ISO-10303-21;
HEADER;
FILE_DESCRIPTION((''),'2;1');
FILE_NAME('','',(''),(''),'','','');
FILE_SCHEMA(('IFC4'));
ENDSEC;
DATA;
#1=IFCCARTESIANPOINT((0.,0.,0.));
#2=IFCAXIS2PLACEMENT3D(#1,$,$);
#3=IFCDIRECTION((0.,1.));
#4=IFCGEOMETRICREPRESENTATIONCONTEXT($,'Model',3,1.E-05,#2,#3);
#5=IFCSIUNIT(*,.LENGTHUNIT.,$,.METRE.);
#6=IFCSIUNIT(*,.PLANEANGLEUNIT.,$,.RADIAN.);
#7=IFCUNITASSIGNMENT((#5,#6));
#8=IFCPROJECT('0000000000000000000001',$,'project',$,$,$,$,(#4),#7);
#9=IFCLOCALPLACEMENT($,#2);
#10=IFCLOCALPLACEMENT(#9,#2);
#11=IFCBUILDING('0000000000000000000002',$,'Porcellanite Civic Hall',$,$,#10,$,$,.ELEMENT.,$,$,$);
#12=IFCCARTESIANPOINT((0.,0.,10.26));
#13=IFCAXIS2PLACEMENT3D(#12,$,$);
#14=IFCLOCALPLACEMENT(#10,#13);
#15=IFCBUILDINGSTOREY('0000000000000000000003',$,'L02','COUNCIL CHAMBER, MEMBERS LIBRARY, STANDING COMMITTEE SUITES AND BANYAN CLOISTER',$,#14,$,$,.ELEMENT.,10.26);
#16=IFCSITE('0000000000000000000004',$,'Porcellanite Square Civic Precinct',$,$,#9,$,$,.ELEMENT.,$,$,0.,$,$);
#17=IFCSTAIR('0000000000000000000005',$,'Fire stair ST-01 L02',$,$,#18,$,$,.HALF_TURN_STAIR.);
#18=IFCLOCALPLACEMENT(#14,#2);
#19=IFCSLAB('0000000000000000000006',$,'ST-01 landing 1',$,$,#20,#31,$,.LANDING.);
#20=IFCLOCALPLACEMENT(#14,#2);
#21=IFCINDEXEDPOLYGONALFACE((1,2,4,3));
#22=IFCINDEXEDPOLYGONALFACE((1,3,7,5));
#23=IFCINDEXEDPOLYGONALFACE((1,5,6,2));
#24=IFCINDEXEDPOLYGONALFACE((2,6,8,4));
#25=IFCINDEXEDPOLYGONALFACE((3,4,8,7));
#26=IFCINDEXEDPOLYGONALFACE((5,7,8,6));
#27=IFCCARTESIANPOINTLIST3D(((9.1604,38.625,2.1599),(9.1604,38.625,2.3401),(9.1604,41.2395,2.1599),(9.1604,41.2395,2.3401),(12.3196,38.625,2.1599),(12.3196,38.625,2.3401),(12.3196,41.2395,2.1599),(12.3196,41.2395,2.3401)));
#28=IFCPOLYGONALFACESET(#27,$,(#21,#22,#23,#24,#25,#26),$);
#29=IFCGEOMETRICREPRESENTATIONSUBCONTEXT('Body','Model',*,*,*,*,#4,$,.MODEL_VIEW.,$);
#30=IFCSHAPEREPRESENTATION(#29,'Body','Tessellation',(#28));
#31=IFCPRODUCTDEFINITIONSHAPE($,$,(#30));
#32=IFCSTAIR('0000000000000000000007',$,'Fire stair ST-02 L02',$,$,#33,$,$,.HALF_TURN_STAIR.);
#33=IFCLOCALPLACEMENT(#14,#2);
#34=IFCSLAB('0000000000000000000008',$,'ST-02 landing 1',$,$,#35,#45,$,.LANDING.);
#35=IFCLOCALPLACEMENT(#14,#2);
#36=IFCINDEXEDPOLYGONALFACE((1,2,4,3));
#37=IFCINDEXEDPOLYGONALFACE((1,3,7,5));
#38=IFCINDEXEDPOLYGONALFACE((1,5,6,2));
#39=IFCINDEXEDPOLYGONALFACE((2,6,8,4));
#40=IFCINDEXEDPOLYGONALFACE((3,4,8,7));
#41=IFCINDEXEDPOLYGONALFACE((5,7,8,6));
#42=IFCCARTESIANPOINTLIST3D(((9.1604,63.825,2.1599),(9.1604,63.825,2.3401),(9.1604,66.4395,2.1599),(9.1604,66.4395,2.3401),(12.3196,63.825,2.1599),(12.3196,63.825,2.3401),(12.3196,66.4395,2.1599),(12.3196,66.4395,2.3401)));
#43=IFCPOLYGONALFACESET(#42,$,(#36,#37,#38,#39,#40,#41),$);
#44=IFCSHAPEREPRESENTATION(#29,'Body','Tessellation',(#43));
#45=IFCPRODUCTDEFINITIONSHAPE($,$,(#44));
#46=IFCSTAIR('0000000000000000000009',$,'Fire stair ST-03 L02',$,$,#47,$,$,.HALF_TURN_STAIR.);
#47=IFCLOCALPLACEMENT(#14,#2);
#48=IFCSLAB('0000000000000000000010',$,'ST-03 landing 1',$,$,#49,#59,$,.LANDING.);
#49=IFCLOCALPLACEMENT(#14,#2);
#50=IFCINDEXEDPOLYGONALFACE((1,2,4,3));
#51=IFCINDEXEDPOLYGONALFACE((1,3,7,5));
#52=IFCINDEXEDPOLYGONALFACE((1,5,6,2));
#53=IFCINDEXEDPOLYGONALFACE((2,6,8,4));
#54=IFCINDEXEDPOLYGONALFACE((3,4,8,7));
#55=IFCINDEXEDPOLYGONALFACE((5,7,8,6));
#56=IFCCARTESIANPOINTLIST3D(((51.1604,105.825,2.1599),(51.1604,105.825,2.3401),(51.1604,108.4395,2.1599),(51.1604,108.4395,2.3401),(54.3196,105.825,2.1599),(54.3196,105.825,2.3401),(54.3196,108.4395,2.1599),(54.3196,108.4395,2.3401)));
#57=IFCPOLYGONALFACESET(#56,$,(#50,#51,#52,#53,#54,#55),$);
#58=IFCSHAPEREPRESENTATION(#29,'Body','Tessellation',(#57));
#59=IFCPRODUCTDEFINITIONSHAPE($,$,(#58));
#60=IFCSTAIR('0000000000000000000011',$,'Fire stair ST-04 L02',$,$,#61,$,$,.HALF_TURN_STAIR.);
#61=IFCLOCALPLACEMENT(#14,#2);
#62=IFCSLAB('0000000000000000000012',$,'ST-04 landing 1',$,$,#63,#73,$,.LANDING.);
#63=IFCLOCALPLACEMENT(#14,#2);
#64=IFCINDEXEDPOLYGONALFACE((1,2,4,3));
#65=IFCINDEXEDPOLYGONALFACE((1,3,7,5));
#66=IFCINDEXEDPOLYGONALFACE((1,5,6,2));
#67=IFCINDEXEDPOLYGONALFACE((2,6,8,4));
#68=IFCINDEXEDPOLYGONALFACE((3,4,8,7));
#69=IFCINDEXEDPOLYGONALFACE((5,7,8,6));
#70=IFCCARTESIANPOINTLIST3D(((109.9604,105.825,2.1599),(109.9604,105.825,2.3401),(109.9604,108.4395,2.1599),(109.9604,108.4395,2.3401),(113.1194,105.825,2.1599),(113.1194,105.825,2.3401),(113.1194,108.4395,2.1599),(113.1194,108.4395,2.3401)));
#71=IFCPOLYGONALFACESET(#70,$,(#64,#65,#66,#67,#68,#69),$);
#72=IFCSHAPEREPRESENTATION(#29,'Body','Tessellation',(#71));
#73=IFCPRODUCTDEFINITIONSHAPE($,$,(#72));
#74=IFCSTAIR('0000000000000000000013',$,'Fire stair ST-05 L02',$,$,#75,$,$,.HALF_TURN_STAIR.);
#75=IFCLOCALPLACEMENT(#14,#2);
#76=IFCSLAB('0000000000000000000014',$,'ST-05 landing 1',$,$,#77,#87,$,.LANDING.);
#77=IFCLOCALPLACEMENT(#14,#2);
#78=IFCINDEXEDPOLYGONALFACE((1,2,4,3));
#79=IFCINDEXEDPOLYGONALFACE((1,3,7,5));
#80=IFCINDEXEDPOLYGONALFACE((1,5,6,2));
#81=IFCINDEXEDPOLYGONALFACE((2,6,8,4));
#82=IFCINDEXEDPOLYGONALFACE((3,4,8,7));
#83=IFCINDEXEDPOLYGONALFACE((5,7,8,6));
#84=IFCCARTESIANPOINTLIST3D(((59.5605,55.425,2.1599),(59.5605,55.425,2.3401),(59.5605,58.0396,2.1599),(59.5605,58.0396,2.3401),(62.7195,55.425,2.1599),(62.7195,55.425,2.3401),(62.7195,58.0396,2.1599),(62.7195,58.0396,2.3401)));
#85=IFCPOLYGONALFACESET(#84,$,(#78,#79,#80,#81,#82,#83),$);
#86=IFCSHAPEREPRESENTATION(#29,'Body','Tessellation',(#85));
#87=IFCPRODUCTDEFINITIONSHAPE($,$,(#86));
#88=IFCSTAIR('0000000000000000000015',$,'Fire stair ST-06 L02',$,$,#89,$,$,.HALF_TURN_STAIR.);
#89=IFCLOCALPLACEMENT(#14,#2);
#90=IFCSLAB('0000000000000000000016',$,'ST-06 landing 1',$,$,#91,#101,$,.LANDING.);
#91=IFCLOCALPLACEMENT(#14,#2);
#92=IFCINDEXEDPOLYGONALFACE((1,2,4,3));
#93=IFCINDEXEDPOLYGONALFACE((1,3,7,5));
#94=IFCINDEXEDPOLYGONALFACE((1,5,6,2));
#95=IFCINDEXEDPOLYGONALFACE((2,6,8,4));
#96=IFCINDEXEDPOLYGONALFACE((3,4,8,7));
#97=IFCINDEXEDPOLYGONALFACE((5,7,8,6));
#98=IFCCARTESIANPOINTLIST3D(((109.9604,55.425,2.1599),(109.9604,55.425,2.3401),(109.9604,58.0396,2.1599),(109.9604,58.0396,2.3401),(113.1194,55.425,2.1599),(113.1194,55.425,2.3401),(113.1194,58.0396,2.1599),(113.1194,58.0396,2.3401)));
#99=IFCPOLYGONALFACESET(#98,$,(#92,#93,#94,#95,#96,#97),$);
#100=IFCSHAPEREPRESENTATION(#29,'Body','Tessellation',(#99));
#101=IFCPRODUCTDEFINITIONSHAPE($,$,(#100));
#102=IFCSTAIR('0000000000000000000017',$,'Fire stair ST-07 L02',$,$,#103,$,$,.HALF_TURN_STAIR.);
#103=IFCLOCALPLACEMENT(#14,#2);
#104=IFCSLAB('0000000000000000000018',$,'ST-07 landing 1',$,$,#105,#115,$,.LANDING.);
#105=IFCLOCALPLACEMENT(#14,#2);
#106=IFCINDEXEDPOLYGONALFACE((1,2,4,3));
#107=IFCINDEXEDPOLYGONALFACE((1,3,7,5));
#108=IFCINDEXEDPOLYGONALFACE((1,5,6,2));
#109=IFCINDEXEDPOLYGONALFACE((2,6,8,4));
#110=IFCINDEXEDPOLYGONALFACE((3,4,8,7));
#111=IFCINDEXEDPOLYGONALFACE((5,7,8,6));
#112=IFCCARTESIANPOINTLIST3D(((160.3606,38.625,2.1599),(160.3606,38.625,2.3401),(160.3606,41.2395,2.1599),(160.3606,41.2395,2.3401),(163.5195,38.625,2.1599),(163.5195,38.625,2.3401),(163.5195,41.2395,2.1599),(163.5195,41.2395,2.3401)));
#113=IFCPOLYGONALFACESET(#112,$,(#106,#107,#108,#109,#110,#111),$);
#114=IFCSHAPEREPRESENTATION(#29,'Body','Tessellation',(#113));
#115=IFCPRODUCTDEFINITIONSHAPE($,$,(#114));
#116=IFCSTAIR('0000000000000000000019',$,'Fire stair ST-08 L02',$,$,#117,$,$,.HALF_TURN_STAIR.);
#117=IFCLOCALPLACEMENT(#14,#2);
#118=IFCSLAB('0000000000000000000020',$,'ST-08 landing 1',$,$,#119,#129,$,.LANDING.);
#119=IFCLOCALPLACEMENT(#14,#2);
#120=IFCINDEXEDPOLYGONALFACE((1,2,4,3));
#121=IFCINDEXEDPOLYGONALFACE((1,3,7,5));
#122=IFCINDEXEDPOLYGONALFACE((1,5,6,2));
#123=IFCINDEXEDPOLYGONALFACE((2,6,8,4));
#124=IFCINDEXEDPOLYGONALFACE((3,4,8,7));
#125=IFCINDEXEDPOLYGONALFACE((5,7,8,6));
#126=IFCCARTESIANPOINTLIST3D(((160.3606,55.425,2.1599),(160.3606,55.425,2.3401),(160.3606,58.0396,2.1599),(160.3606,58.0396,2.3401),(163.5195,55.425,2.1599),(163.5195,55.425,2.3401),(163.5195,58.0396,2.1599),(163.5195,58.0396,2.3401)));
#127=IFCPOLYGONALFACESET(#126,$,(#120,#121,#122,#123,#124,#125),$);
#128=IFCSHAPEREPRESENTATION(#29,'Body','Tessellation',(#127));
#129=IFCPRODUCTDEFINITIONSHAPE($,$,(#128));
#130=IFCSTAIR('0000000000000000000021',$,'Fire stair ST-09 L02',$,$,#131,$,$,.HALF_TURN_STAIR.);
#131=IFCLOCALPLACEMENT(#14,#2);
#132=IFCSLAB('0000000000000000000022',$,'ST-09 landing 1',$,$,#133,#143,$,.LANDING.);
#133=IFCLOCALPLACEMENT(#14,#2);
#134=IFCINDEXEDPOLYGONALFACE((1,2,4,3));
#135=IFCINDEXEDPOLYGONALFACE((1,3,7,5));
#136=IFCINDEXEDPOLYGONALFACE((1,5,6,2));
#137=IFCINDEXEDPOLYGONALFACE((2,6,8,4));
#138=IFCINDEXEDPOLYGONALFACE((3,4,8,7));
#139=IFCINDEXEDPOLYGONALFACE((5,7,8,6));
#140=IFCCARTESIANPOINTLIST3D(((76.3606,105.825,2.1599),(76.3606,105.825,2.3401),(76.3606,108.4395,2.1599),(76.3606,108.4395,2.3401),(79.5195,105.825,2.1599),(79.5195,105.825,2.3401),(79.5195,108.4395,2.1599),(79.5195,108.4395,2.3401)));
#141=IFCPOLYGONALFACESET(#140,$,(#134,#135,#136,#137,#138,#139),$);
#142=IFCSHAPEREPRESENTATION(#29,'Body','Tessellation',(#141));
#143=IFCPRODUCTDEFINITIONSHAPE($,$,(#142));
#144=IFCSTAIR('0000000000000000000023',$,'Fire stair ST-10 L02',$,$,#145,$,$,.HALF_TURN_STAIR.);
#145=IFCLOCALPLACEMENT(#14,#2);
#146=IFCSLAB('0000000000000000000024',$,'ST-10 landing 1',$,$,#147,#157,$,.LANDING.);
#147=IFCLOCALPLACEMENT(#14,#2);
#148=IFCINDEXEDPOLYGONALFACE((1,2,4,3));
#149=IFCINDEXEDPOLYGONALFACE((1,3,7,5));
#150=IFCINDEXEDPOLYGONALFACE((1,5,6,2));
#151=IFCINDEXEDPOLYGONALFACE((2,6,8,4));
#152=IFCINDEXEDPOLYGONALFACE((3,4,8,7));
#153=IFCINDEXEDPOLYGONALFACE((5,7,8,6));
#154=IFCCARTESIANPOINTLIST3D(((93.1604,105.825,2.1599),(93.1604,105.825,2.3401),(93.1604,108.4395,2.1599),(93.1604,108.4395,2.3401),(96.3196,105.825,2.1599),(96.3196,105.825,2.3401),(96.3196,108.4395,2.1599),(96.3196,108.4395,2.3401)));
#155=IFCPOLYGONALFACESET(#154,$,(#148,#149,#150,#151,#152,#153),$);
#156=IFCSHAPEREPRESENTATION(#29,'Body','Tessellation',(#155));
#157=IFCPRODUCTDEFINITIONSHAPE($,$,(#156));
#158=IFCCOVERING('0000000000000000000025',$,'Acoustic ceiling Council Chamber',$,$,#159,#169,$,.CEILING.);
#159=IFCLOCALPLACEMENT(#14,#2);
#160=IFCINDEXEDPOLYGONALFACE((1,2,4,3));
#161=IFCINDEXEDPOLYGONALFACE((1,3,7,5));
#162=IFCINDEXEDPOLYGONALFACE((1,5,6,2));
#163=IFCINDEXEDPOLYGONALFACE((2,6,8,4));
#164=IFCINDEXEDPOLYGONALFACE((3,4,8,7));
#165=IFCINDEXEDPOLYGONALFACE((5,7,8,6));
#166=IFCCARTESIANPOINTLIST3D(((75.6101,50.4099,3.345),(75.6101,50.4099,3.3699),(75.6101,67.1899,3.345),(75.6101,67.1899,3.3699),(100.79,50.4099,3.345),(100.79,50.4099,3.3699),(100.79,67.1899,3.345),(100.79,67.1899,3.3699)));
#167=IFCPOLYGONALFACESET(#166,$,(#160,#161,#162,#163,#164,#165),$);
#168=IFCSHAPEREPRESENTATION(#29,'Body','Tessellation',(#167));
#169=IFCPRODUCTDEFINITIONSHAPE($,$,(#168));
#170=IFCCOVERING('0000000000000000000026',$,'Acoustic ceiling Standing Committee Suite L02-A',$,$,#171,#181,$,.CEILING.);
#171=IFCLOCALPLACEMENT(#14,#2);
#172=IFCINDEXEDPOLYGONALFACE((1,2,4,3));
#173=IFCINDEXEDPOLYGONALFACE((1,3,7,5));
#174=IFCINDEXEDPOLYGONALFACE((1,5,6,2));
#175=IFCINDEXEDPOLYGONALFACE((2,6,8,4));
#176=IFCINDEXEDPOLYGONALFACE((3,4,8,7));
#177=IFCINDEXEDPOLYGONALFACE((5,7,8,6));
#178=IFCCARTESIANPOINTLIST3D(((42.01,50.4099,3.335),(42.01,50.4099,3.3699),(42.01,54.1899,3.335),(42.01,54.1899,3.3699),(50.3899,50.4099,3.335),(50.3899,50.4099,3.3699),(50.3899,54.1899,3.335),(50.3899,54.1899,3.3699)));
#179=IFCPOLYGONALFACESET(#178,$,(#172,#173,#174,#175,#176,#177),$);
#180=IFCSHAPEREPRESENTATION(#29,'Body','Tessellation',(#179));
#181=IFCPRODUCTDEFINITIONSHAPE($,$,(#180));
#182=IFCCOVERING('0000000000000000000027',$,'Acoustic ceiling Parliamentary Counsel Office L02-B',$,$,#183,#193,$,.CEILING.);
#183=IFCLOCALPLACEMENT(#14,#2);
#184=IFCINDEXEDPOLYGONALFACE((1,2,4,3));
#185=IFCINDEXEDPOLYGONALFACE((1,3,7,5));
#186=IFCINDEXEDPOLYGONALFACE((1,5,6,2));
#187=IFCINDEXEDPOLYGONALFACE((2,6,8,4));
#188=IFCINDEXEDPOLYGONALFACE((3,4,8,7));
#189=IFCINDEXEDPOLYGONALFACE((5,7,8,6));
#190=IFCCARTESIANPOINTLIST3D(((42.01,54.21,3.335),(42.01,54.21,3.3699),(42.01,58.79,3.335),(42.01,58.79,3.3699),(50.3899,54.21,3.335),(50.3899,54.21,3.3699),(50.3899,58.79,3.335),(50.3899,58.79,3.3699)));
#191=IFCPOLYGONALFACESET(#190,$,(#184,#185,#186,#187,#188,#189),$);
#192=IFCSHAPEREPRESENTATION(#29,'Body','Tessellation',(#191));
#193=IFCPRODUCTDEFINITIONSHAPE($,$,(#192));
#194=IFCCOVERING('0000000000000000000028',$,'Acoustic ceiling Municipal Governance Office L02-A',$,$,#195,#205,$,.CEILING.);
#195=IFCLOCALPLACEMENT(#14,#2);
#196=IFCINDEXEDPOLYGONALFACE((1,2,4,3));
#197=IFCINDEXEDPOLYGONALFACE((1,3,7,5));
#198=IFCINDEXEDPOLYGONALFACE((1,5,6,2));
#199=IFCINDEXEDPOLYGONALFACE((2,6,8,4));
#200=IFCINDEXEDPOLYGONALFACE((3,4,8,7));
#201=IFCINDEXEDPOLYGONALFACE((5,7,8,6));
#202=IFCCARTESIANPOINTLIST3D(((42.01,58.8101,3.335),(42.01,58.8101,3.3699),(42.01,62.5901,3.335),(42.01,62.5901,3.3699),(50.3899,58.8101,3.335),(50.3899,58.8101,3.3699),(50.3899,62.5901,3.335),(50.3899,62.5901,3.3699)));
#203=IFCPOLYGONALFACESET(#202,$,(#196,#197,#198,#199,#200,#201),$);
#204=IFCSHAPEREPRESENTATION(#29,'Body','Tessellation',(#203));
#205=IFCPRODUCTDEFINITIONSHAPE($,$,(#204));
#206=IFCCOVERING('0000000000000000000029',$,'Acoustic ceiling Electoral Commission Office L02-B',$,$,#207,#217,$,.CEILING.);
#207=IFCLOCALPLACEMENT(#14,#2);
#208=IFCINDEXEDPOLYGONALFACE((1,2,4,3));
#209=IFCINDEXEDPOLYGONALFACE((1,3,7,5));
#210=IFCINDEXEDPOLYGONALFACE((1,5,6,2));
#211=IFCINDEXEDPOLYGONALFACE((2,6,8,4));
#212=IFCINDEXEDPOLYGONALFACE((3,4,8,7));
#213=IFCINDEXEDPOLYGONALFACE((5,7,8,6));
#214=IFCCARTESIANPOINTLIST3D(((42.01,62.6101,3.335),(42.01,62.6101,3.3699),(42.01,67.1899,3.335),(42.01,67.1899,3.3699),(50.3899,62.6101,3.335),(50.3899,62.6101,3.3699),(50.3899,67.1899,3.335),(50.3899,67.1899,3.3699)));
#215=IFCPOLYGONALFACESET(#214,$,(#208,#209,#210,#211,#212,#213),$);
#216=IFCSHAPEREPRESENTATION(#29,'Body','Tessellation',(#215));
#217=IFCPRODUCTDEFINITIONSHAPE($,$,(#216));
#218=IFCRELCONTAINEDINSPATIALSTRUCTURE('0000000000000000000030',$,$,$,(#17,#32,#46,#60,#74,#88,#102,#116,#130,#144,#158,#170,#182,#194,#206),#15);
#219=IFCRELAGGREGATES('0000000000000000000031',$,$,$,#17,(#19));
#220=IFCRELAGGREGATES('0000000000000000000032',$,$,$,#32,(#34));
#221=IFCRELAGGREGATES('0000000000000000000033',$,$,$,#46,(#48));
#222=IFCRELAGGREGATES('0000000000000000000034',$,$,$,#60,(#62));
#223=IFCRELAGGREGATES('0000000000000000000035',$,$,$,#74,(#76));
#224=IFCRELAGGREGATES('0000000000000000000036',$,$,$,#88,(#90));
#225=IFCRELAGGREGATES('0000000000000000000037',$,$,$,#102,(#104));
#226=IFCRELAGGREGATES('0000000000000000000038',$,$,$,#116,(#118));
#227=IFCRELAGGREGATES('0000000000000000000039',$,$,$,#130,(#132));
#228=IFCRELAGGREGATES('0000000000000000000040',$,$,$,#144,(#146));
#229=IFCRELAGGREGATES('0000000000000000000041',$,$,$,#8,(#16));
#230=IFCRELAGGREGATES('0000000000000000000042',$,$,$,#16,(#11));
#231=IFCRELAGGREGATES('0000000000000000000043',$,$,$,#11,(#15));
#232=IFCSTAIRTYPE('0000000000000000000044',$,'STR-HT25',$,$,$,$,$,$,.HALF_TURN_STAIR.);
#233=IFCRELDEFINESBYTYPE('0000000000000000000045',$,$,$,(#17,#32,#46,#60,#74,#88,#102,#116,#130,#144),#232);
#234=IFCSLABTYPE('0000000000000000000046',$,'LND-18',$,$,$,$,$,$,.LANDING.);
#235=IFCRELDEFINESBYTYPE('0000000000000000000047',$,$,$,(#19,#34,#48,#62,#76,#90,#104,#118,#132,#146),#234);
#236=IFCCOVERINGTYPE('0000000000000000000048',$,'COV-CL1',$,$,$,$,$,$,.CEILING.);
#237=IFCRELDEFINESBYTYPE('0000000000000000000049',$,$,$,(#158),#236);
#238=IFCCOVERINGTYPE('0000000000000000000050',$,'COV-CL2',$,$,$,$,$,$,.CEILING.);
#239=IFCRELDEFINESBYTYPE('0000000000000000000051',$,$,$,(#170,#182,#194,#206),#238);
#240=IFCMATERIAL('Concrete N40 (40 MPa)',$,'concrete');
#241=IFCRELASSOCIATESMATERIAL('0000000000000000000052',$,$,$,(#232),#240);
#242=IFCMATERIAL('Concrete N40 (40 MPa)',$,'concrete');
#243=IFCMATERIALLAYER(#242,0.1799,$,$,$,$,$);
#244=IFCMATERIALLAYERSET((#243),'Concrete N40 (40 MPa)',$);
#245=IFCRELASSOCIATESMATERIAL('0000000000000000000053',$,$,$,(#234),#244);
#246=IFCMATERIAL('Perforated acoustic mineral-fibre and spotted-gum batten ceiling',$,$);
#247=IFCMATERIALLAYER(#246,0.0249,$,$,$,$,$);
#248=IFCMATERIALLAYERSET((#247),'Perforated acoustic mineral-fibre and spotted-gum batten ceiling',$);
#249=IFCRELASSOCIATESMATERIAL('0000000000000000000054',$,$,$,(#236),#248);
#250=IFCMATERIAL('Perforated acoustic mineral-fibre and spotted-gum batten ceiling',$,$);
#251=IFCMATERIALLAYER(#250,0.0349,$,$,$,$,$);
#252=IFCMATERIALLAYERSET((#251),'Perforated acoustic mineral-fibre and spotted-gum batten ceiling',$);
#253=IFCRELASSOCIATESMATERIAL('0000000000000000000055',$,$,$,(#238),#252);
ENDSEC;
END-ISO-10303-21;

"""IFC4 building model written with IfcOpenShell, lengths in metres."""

from ifc_helpers import new_model, si_unit, direction, frame, origin, place, context, subcontext, project, spatial, polyline, outline, extrude, material, layer, layer_set, type_object, element, aggregate, save


model = new_model("IFC4")

# Units and contexts
model_context = context("Model", 3, precision=1e-05, world=origin(), true_north=direction((0.0, 1.0)))
body_context = subcontext(model_context, "Body", "Model", "MODEL_VIEW")
ifc_project = project(units=[si_unit("LENGTHUNIT", "METRE"), si_unit("PLANEANGLEUNIT", "RADIAN")], contexts=[model_context])

# Site, building, storey
site_placement = place(None, origin())
site = spatial("IfcSite", under=ifc_project, at=site_placement, Name="Porcellanite Square Civic Precinct", CompositionType="ELEMENT", RefElevation=0.0)
building_placement = place(site_placement, origin())
building = spatial("IfcBuilding", under=site, at=building_placement, Name="Porcellanite Civic Hall", CompositionType="ELEMENT")
storey_placement = place(building_placement, frame((0.0, 0.0, 10.26)))
storey = spatial("IfcBuildingStorey", under=building, at=storey_placement, Name="L02", Description="COUNCIL CHAMBER, MEMBERS LIBRARY, STANDING COMMITTEE SUITES AND BANYAN CLOISTER", CompositionType="ELEMENT", Elevation=10.26)

# Stairs, slabs
ifc_material_1 = material(Name="Concrete N40 (40 MPa)", Category="concrete")
stair_type = type_object("IfcStairType", Name="STR-HT25", PredefinedType="HALF_TURN_STAIR", material=ifc_material_1)
stair_1_placement = place(storey_placement, origin())
stair_1 = element("IfcStair", 1, at=stair_1_placement, inside=storey, type_object=stair_type, Name="Fire stair ST-01 L02", PredefinedType="HALF_TURN_STAIR")
ifc_material_2 = material(Name="Concrete N40 (40 MPa)", Category="concrete")
ifc_layer_1 = layer(ifc_material_2, 0.1799)
ifc_layer_set_1 = layer_set([ifc_layer_1], Name="Concrete N40 (40 MPa)")
slab_type = type_object("IfcSlabType", Name="LND-18", PredefinedType="LANDING", material=ifc_layer_set_1)
slab_1_placement = place(storey_placement, frame((0.0, 0.0, 2.1599)))
slab_1 = element("IfcSlab", 2, at=slab_1_placement, type_object=slab_type, Name="ST-01 landing 1", PredefinedType="LANDING", context=body_context, shape_type="SweptSolid", body=[
    extrude(outline(polyline([(9.1604, 38.625), (12.3196, 38.625), (12.3196, 41.2395), (9.1604, 41.2395), (9.1604, 38.625)])), origin(), (0.0, 0.0, 1.0), 0.1802),
])
aggregate(stair_1, [slab_1])
stair_2_placement = place(storey_placement, origin())
stair_2 = element("IfcStair", 3, at=stair_2_placement, inside=storey, type_object=stair_type, Name="Fire stair ST-02 L02", PredefinedType="HALF_TURN_STAIR")
slab_2_placement = place(storey_placement, frame((0.0, 0.0, 2.1599)))
slab_2 = element("IfcSlab", 4, at=slab_2_placement, type_object=slab_type, Name="ST-02 landing 1", PredefinedType="LANDING", context=body_context, shape_type="SweptSolid", body=[
    extrude(outline(polyline([(9.1604, 63.825), (12.3196, 63.825), (12.3196, 66.4395), (9.1604, 66.4395), (9.1604, 63.825)])), origin(), (0.0, 0.0, 1.0), 0.1802),
])
aggregate(stair_2, [slab_2])
stair_3_placement = place(storey_placement, origin())
stair_3 = element("IfcStair", 5, at=stair_3_placement, inside=storey, type_object=stair_type, Name="Fire stair ST-03 L02", PredefinedType="HALF_TURN_STAIR")
slab_3_placement = place(storey_placement, frame((0.0, 0.0, 2.1599)))
slab_3 = element("IfcSlab", 6, at=slab_3_placement, type_object=slab_type, Name="ST-03 landing 1", PredefinedType="LANDING", context=body_context, shape_type="SweptSolid", body=[
    extrude(outline(polyline([(51.1604, 105.825), (54.3196, 105.825), (54.3196, 108.4395), (51.1604, 108.4395), (51.1604, 105.825)])), origin(), (0.0, 0.0, 1.0), 0.1802),
])
aggregate(stair_3, [slab_3])
stair_4_placement = place(storey_placement, origin())
stair_4 = element("IfcStair", 7, at=stair_4_placement, inside=storey, type_object=stair_type, Name="Fire stair ST-04 L02", PredefinedType="HALF_TURN_STAIR")
slab_4_placement = place(storey_placement, frame((0.0, 0.0, 2.1599)))
slab_4 = element("IfcSlab", 8, at=slab_4_placement, type_object=slab_type, Name="ST-04 landing 1", PredefinedType="LANDING", context=body_context, shape_type="SweptSolid", body=[
    extrude(outline(polyline([(109.9604, 105.825), (113.1194, 105.825), (113.1194, 108.4395), (109.9604, 108.4395), (109.9604, 105.825)])), origin(), (0.0, 0.0, 1.0), 0.1802),
])
aggregate(stair_4, [slab_4])
stair_5_placement = place(storey_placement, origin())
stair_5 = element("IfcStair", 9, at=stair_5_placement, inside=storey, type_object=stair_type, Name="Fire stair ST-05 L02", PredefinedType="HALF_TURN_STAIR")
slab_5_placement = place(storey_placement, frame((0.0, 0.0, 2.1599)))
slab_5 = element("IfcSlab", 10, at=slab_5_placement, type_object=slab_type, Name="ST-05 landing 1", PredefinedType="LANDING", context=body_context, shape_type="SweptSolid", body=[
    extrude(outline(polyline([(59.5605, 55.425), (62.7195, 55.425), (62.7195, 58.0396), (59.5605, 58.0396), (59.5605, 55.425)])), origin(), (0.0, 0.0, 1.0), 0.1802),
])
aggregate(stair_5, [slab_5])
stair_6_placement = place(storey_placement, origin())
stair_6 = element("IfcStair", 11, at=stair_6_placement, inside=storey, type_object=stair_type, Name="Fire stair ST-06 L02", PredefinedType="HALF_TURN_STAIR")
slab_6_placement = place(storey_placement, frame((0.0, 0.0, 2.1599)))
slab_6 = element("IfcSlab", 12, at=slab_6_placement, type_object=slab_type, Name="ST-06 landing 1", PredefinedType="LANDING", context=body_context, shape_type="SweptSolid", body=[
    extrude(outline(polyline([(109.9604, 55.425), (113.1194, 55.425), (113.1194, 58.0396), (109.9604, 58.0396), (109.9604, 55.425)])), origin(), (0.0, 0.0, 1.0), 0.1802),
])
aggregate(stair_6, [slab_6])
stair_7_placement = place(storey_placement, origin())
stair_7 = element("IfcStair", 13, at=stair_7_placement, inside=storey, type_object=stair_type, Name="Fire stair ST-07 L02", PredefinedType="HALF_TURN_STAIR")
slab_7_placement = place(storey_placement, frame((0.0, 0.0, 2.1599)))
slab_7 = element("IfcSlab", 14, at=slab_7_placement, type_object=slab_type, Name="ST-07 landing 1", PredefinedType="LANDING", context=body_context, shape_type="SweptSolid", body=[
    extrude(outline(polyline([(160.3606, 38.625), (163.5195, 38.625), (163.5195, 41.2395), (160.3606, 41.2395), (160.3606, 38.625)])), origin(), (0.0, 0.0, 1.0), 0.1802),
])
aggregate(stair_7, [slab_7])
stair_8_placement = place(storey_placement, origin())
stair_8 = element("IfcStair", 15, at=stair_8_placement, inside=storey, type_object=stair_type, Name="Fire stair ST-08 L02", PredefinedType="HALF_TURN_STAIR")
slab_8_placement = place(storey_placement, frame((0.0, 0.0, 2.1599)))
slab_8 = element("IfcSlab", 16, at=slab_8_placement, type_object=slab_type, Name="ST-08 landing 1", PredefinedType="LANDING", context=body_context, shape_type="SweptSolid", body=[
    extrude(outline(polyline([(160.3606, 55.425), (163.5195, 55.425), (163.5195, 58.0396), (160.3606, 58.0396), (160.3606, 55.425)])), origin(), (0.0, 0.0, 1.0), 0.1802),
])
aggregate(stair_8, [slab_8])
stair_9_placement = place(storey_placement, origin())
stair_9 = element("IfcStair", 17, at=stair_9_placement, inside=storey, type_object=stair_type, Name="Fire stair ST-09 L02", PredefinedType="HALF_TURN_STAIR")
slab_9_placement = place(storey_placement, frame((0.0, 0.0, 2.1599)))
slab_9 = element("IfcSlab", 18, at=slab_9_placement, type_object=slab_type, Name="ST-09 landing 1", PredefinedType="LANDING", context=body_context, shape_type="SweptSolid", body=[
    extrude(outline(polyline([(76.3606, 105.825), (79.5195, 105.825), (79.5195, 108.4395), (76.3606, 108.4395), (76.3606, 105.825)])), origin(), (0.0, 0.0, 1.0), 0.1802),
])
aggregate(stair_9, [slab_9])
stair_10_placement = place(storey_placement, origin())
stair_10 = element("IfcStair", 19, at=stair_10_placement, inside=storey, type_object=stair_type, Name="Fire stair ST-10 L02", PredefinedType="HALF_TURN_STAIR")
slab_10_placement = place(storey_placement, frame((0.0, 0.0, 2.1599)))
slab_10 = element("IfcSlab", 20, at=slab_10_placement, type_object=slab_type, Name="ST-10 landing 1", PredefinedType="LANDING", context=body_context, shape_type="SweptSolid", body=[
    extrude(outline(polyline([(93.1604, 105.825), (96.3196, 105.825), (96.3196, 108.4395), (93.1604, 108.4395), (93.1604, 105.825)])), origin(), (0.0, 0.0, 1.0), 0.1802),
])
aggregate(stair_10, [slab_10])

# Coverings
ifc_material_3 = material(Name="Perforated acoustic mineral-fibre and spotted-gum batten ceiling")
ifc_layer_2 = layer(ifc_material_3, 0.0249)
ifc_layer_set_2 = layer_set([ifc_layer_2], Name="Perforated acoustic mineral-fibre and spotted-gum batten ceiling")
covering_type_1 = type_object("IfcCoveringType", Name="COV-CL1", PredefinedType="CEILING", material=ifc_layer_set_2)
covering_1_placement = place(storey_placement, frame((0.0, 0.0, 3.345)))
element("IfcCovering", 21, at=covering_1_placement, inside=storey, type_object=covering_type_1, Name="Acoustic ceiling Council Chamber", PredefinedType="CEILING", context=body_context, shape_type="SweptSolid", body=[
    extrude(outline(polyline([(75.6101, 50.4099), (100.79, 50.4099), (100.79, 67.1899), (75.6101, 67.1899), (75.6101, 50.4099)])), origin(), (0.0, 0.0, 1.0), 0.0249),
])
ifc_material_4 = material(Name="Perforated acoustic mineral-fibre and spotted-gum batten ceiling")
ifc_layer_3 = layer(ifc_material_4, 0.0349)
ifc_layer_set_3 = layer_set([ifc_layer_3], Name="Perforated acoustic mineral-fibre and spotted-gum batten ceiling")
covering_type_2 = type_object("IfcCoveringType", Name="COV-CL2", PredefinedType="CEILING", material=ifc_layer_set_3)
covering_2_placement = place(storey_placement, frame((0.0, 0.0, 3.335)))
element("IfcCovering", 22, at=covering_2_placement, inside=storey, type_object=covering_type_2, Name="Acoustic ceiling Standing Committee Suite L02-A", PredefinedType="CEILING", context=body_context, shape_type="SweptSolid", body=[
    extrude(outline(polyline([(42.01, 50.4099), (50.3899, 50.4099), (50.3899, 54.1899), (42.01, 54.1899), (42.01, 50.4099)])), origin(), (0.0, 0.0, 1.0), 0.0349),
])
covering_3_placement = place(storey_placement, frame((0.0, 0.0, 3.335)))
element("IfcCovering", 23, at=covering_3_placement, inside=storey, type_object=covering_type_2, Name="Acoustic ceiling Parliamentary Counsel Office L02-B", PredefinedType="CEILING", context=body_context, shape_type="SweptSolid", body=[
    extrude(outline(polyline([(42.01, 54.21), (50.3899, 54.21), (50.3899, 58.79), (42.01, 58.79), (42.01, 54.21)])), origin(), (0.0, 0.0, 1.0), 0.0349),
])
covering_4_placement = place(storey_placement, frame((0.0, 0.0, 3.335)))
element("IfcCovering", 24, at=covering_4_placement, inside=storey, type_object=covering_type_2, Name="Acoustic ceiling Municipal Governance Office L02-A", PredefinedType="CEILING", context=body_context, shape_type="SweptSolid", body=[
    extrude(outline(polyline([(42.01, 58.8101), (50.3899, 58.8101), (50.3899, 62.5901), (42.01, 62.5901), (42.01, 58.8101)])), origin(), (0.0, 0.0, 1.0), 0.0349),
])
covering_5_placement = place(storey_placement, frame((0.0, 0.0, 3.335)))
element("IfcCovering", 25, at=covering_5_placement, inside=storey, type_object=covering_type_2, Name="Acoustic ceiling Electoral Commission Office L02-B", PredefinedType="CEILING", context=body_context, shape_type="SweptSolid", body=[
    extrude(outline(polyline([(42.01, 62.6101), (50.3899, 62.6101), (50.3899, 67.1899), (42.01, 67.1899), (42.01, 62.6101)])), origin(), (0.0, 0.0, 1.0), 0.0349),
])

save(model, "model.ifc")
